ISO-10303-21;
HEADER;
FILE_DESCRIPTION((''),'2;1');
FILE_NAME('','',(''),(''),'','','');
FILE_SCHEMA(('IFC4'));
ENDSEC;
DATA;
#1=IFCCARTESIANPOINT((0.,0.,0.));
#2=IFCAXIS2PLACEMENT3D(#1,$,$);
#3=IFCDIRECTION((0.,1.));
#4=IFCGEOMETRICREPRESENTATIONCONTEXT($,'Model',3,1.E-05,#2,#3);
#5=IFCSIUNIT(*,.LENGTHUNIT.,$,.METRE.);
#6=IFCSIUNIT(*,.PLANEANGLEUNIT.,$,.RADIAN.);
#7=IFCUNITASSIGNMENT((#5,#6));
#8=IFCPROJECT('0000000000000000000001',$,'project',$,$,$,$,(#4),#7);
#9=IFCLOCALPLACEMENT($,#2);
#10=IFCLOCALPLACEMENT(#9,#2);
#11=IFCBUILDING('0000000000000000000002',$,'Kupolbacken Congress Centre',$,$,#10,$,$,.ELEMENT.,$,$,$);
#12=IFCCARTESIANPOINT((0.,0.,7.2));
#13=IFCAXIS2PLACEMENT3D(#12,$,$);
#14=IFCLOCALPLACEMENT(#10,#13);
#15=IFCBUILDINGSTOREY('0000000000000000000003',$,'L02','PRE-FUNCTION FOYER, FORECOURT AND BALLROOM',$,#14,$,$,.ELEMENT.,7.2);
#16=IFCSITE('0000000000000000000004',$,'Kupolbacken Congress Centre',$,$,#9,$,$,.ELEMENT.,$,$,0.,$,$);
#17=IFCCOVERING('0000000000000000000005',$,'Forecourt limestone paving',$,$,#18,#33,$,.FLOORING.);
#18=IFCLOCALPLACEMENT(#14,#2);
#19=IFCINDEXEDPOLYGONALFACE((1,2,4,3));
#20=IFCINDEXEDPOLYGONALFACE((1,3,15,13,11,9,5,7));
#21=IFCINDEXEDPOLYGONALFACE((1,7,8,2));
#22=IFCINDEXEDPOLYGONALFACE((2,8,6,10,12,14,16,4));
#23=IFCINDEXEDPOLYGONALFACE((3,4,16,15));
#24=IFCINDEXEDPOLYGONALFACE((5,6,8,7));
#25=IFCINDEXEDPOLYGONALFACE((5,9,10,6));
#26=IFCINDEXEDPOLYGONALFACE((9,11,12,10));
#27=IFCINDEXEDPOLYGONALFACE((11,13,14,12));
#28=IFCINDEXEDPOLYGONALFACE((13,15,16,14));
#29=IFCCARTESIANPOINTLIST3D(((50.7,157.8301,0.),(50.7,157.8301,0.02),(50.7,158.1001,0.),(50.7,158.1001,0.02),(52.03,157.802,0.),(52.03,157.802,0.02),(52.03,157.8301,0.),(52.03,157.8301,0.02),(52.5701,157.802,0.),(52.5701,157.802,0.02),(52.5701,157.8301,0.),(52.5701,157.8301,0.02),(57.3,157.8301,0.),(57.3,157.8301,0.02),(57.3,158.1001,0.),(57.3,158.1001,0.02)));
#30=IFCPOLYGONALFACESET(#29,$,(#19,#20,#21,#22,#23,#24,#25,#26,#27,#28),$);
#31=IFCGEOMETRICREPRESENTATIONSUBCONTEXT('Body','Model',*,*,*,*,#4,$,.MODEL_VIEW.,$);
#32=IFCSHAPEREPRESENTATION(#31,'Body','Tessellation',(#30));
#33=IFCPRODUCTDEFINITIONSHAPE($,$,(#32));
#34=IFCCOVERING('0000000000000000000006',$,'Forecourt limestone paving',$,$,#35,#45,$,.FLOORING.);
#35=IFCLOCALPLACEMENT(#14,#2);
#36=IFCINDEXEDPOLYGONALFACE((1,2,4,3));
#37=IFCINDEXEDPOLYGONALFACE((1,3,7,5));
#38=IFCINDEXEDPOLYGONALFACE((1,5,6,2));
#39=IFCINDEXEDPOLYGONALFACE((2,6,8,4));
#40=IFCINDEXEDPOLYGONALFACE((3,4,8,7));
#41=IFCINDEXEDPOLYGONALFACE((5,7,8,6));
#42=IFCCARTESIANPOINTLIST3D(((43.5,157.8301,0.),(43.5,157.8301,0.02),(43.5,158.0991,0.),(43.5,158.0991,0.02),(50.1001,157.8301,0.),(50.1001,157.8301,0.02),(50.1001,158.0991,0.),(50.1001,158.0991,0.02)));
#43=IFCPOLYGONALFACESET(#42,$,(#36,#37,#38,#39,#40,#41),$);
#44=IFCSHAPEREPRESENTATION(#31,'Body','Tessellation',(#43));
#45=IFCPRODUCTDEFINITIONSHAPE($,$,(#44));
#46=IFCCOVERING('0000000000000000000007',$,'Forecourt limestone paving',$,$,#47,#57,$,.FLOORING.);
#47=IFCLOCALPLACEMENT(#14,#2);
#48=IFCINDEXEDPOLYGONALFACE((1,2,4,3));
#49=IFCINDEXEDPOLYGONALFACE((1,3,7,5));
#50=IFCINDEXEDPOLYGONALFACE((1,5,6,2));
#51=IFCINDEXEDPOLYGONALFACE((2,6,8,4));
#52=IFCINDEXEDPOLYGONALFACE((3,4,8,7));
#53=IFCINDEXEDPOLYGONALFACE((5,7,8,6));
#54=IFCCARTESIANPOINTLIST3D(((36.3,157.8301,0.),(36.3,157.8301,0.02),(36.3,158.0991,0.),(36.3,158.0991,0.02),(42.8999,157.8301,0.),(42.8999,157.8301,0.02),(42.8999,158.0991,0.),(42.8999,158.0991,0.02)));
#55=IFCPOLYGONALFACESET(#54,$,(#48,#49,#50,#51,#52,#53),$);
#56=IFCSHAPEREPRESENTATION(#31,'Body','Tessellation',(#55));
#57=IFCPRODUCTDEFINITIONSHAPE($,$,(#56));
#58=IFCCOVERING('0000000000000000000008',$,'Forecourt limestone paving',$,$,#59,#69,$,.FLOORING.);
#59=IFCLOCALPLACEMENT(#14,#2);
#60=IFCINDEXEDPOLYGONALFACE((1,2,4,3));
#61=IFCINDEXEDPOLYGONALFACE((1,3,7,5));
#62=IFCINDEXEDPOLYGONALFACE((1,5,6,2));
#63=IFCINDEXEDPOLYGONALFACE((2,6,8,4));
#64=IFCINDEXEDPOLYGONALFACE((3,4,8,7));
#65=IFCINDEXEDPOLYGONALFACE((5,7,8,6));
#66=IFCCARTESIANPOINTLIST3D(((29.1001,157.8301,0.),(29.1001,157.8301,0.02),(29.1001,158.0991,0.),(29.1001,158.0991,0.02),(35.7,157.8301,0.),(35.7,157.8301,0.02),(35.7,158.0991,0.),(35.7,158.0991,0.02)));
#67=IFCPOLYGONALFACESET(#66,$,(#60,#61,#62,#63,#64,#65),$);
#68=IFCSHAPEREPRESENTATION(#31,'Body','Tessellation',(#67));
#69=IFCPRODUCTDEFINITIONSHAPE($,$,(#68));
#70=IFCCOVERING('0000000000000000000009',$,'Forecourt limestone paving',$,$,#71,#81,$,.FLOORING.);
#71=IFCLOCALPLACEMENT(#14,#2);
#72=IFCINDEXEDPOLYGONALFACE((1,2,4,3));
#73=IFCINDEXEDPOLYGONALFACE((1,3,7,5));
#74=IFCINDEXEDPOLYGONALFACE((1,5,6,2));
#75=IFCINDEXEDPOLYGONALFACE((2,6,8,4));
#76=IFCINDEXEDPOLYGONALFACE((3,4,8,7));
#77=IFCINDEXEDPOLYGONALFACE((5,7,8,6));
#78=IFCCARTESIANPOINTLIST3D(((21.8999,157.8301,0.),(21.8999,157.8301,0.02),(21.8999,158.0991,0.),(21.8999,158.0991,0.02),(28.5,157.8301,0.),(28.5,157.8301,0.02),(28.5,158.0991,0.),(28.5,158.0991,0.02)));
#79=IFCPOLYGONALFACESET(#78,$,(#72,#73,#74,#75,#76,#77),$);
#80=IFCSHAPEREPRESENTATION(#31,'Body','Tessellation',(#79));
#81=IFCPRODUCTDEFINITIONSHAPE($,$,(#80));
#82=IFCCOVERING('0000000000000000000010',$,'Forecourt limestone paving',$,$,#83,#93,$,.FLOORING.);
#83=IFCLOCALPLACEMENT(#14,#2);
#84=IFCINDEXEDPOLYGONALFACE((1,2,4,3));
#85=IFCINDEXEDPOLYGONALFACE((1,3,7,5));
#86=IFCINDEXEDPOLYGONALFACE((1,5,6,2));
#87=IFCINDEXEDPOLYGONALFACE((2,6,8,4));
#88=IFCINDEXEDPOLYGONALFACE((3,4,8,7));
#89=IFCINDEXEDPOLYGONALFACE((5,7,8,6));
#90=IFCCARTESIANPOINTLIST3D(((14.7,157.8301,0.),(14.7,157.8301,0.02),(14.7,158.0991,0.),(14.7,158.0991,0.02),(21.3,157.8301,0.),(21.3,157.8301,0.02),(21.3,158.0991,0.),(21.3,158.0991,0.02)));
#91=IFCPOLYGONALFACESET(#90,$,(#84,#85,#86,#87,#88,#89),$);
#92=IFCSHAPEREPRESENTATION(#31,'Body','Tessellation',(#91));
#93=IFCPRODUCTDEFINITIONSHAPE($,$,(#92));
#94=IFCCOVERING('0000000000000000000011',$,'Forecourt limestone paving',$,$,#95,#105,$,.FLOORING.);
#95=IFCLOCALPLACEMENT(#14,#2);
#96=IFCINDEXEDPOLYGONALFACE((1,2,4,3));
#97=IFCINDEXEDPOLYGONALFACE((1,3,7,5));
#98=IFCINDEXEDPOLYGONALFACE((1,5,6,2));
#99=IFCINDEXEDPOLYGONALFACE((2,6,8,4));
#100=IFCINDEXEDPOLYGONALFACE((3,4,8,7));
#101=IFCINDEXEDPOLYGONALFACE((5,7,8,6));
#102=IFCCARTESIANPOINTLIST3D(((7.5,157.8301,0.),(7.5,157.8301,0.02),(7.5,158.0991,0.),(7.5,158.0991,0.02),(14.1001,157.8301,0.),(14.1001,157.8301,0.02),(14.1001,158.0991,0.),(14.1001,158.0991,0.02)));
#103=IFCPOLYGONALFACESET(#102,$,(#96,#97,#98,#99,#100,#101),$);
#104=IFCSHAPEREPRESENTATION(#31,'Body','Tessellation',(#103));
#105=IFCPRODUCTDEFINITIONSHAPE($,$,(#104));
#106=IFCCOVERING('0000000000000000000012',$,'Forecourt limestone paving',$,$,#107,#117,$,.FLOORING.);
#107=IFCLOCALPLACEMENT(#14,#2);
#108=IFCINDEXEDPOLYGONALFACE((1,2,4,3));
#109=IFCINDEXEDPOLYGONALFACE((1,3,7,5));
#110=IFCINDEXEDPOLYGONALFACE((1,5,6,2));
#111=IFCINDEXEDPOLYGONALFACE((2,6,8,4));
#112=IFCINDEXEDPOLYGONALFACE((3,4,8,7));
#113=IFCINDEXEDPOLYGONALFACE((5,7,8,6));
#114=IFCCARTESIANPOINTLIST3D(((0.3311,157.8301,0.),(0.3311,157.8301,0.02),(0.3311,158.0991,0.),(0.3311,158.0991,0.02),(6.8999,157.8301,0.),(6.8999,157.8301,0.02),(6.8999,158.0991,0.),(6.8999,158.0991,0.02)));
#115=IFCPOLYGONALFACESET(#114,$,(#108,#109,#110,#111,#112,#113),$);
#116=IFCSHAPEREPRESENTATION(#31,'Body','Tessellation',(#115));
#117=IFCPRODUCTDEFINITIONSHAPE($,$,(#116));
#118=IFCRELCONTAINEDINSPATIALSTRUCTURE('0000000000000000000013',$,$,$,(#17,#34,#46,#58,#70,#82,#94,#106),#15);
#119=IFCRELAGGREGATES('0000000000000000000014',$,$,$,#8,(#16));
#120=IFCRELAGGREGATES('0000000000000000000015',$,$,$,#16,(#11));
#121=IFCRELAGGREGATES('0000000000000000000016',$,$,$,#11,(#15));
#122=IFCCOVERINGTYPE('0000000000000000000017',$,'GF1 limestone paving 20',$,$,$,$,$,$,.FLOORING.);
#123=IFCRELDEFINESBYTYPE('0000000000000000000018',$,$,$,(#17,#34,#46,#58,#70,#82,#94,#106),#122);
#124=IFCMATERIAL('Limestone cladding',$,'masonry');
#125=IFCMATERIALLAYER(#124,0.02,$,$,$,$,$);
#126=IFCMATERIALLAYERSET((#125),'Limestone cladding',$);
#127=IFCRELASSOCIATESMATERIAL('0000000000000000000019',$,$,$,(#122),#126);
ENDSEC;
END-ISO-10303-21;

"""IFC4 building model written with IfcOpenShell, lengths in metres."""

from ifc_helpers import new_model, si_unit, direction, frame, origin, place, context, subcontext, project, spatial, polyline, outline, extrude, material, layer, layer_set, type_object, element, save


model = new_model("IFC4")

# Units and contexts
model_context = context("Model", 3, precision=1e-05, world=origin(), true_north=direction((0.0, 1.0)))
body_context = subcontext(model_context, "Body", "Model", "MODEL_VIEW")
ifc_project = project(units=[si_unit("LENGTHUNIT", "METRE"), si_unit("PLANEANGLEUNIT", "RADIAN")], contexts=[model_context])

# Site, building, storey
site_placement = place(None, origin())
site = spatial("IfcSite", under=ifc_project, at=site_placement, Name="Kupolbacken Congress Centre", CompositionType="ELEMENT", RefElevation=0.0)
building_placement = place(site_placement, origin())
building = spatial("IfcBuilding", under=site, at=building_placement, Name="Kupolbacken Congress Centre", CompositionType="ELEMENT")
storey_placement = place(building_placement, frame((0.0, 0.0, 7.2)))
storey = spatial("IfcBuildingStorey", under=building, at=storey_placement, Name="L02", Description="PRE-FUNCTION FOYER, FORECOURT AND BALLROOM", CompositionType="ELEMENT", Elevation=7.2)

# Coverings
ifc_material = material(Name="Limestone cladding", Category="masonry")
ifc_layer = layer(ifc_material, 0.02)
ifc_layer_set = layer_set([ifc_layer], Name="Limestone cladding")
covering_type = type_object("IfcCoveringType", Name="GF1 limestone paving 20", PredefinedType="FLOORING", material=ifc_layer_set)
covering_1_placement = place(storey_placement, origin())
element("IfcCovering", 1, at=covering_1_placement, inside=storey, type_object=covering_type, Name="Forecourt limestone paving", PredefinedType="FLOORING", context=body_context, shape_type="SweptSolid", body=[
    extrude(outline(polyline([(52.5701, 157.8301), (52.5701, 157.802), (52.03, 157.802), (52.03, 157.8301), (50.7, 157.8301), (50.7, 158.1001), (57.3, 158.1001), (57.3, 157.8301), (52.5701, 157.8301)])), origin(), (0.0, 0.0, 1.0), 0.02),
])
covering_2_placement = place(storey_placement, origin())
element("IfcCovering", 2, at=covering_2_placement, inside=storey, type_object=covering_type, Name="Forecourt limestone paving", PredefinedType="FLOORING", context=body_context, shape_type="SweptSolid", body=[
    extrude(outline(polyline([(43.5, 157.8301), (43.5, 158.0991), (50.1001, 158.0991), (50.1001, 157.8301), (43.5, 157.8301)])), origin(), (0.0, 0.0, 1.0), 0.02),
])
covering_3_placement = place(storey_placement, origin())
element("IfcCovering", 3, at=covering_3_placement, inside=storey, type_object=covering_type, Name="Forecourt limestone paving", PredefinedType="FLOORING", context=body_context, shape_type="SweptSolid", body=[
    extrude(outline(polyline([(36.3, 157.8301), (36.3, 158.0991), (42.8999, 158.0991), (42.8999, 157.8301), (36.3, 157.8301)])), origin(), (0.0, 0.0, 1.0), 0.02),
])
covering_4_placement = place(storey_placement, origin())
element("IfcCovering", 4, at=covering_4_placement, inside=storey, type_object=covering_type, Name="Forecourt limestone paving", PredefinedType="FLOORING", context=body_context, shape_type="SweptSolid", body=[
    extrude(outline(polyline([(29.1001, 157.8301), (29.1001, 158.0991), (35.7, 158.0991), (35.7, 157.8301), (29.1001, 157.8301)])), origin(), (0.0, 0.0, 1.0), 0.02),
])
covering_5_placement = place(storey_placement, origin())
element("IfcCovering", 5, at=covering_5_placement, inside=storey, type_object=covering_type, Name="Forecourt limestone paving", PredefinedType="FLOORING", context=body_context, shape_type="SweptSolid", body=[
    extrude(outline(polyline([(21.8999, 157.8301), (21.8999, 158.0991), (28.5, 158.0991), (28.5, 157.8301), (21.8999, 157.8301)])), origin(), (0.0, 0.0, 1.0), 0.02),
])
covering_6_placement = place(storey_placement, origin())
element("IfcCovering", 6, at=covering_6_placement, inside=storey, type_object=covering_type, Name="Forecourt limestone paving", PredefinedType="FLOORING", context=body_context, shape_type="SweptSolid", body=[
    extrude(outline(polyline([(14.7, 157.8301), (14.7, 158.0991), (21.3, 158.0991), (21.3, 157.8301), (14.7, 157.8301)])), origin(), (0.0, 0.0, 1.0), 0.02),
])
covering_7_placement = place(storey_placement, origin())
element("IfcCovering", 7, at=covering_7_placement, inside=storey, type_object=covering_type, Name="Forecourt limestone paving", PredefinedType="FLOORING", context=body_context, shape_type="SweptSolid", body=[
    extrude(outline(polyline([(7.5, 157.8301), (7.5, 158.0991), (14.1001, 158.0991), (14.1001, 157.8301), (7.5, 157.8301)])), origin(), (0.0, 0.0, 1.0), 0.02),
])
covering_8_placement = place(storey_placement, origin())
element("IfcCovering", 8, at=covering_8_placement, inside=storey, type_object=covering_type, Name="Forecourt limestone paving", PredefinedType="FLOORING", context=body_context, shape_type="SweptSolid", body=[
    extrude(outline(polyline([(0.3311, 157.8301), (0.3311, 158.0991), (6.8999, 158.0991), (6.8999, 157.8301), (0.3311, 157.8301)])), origin(), (0.0, 0.0, 1.0), 0.02),
])

save(model, "model.ifc")
